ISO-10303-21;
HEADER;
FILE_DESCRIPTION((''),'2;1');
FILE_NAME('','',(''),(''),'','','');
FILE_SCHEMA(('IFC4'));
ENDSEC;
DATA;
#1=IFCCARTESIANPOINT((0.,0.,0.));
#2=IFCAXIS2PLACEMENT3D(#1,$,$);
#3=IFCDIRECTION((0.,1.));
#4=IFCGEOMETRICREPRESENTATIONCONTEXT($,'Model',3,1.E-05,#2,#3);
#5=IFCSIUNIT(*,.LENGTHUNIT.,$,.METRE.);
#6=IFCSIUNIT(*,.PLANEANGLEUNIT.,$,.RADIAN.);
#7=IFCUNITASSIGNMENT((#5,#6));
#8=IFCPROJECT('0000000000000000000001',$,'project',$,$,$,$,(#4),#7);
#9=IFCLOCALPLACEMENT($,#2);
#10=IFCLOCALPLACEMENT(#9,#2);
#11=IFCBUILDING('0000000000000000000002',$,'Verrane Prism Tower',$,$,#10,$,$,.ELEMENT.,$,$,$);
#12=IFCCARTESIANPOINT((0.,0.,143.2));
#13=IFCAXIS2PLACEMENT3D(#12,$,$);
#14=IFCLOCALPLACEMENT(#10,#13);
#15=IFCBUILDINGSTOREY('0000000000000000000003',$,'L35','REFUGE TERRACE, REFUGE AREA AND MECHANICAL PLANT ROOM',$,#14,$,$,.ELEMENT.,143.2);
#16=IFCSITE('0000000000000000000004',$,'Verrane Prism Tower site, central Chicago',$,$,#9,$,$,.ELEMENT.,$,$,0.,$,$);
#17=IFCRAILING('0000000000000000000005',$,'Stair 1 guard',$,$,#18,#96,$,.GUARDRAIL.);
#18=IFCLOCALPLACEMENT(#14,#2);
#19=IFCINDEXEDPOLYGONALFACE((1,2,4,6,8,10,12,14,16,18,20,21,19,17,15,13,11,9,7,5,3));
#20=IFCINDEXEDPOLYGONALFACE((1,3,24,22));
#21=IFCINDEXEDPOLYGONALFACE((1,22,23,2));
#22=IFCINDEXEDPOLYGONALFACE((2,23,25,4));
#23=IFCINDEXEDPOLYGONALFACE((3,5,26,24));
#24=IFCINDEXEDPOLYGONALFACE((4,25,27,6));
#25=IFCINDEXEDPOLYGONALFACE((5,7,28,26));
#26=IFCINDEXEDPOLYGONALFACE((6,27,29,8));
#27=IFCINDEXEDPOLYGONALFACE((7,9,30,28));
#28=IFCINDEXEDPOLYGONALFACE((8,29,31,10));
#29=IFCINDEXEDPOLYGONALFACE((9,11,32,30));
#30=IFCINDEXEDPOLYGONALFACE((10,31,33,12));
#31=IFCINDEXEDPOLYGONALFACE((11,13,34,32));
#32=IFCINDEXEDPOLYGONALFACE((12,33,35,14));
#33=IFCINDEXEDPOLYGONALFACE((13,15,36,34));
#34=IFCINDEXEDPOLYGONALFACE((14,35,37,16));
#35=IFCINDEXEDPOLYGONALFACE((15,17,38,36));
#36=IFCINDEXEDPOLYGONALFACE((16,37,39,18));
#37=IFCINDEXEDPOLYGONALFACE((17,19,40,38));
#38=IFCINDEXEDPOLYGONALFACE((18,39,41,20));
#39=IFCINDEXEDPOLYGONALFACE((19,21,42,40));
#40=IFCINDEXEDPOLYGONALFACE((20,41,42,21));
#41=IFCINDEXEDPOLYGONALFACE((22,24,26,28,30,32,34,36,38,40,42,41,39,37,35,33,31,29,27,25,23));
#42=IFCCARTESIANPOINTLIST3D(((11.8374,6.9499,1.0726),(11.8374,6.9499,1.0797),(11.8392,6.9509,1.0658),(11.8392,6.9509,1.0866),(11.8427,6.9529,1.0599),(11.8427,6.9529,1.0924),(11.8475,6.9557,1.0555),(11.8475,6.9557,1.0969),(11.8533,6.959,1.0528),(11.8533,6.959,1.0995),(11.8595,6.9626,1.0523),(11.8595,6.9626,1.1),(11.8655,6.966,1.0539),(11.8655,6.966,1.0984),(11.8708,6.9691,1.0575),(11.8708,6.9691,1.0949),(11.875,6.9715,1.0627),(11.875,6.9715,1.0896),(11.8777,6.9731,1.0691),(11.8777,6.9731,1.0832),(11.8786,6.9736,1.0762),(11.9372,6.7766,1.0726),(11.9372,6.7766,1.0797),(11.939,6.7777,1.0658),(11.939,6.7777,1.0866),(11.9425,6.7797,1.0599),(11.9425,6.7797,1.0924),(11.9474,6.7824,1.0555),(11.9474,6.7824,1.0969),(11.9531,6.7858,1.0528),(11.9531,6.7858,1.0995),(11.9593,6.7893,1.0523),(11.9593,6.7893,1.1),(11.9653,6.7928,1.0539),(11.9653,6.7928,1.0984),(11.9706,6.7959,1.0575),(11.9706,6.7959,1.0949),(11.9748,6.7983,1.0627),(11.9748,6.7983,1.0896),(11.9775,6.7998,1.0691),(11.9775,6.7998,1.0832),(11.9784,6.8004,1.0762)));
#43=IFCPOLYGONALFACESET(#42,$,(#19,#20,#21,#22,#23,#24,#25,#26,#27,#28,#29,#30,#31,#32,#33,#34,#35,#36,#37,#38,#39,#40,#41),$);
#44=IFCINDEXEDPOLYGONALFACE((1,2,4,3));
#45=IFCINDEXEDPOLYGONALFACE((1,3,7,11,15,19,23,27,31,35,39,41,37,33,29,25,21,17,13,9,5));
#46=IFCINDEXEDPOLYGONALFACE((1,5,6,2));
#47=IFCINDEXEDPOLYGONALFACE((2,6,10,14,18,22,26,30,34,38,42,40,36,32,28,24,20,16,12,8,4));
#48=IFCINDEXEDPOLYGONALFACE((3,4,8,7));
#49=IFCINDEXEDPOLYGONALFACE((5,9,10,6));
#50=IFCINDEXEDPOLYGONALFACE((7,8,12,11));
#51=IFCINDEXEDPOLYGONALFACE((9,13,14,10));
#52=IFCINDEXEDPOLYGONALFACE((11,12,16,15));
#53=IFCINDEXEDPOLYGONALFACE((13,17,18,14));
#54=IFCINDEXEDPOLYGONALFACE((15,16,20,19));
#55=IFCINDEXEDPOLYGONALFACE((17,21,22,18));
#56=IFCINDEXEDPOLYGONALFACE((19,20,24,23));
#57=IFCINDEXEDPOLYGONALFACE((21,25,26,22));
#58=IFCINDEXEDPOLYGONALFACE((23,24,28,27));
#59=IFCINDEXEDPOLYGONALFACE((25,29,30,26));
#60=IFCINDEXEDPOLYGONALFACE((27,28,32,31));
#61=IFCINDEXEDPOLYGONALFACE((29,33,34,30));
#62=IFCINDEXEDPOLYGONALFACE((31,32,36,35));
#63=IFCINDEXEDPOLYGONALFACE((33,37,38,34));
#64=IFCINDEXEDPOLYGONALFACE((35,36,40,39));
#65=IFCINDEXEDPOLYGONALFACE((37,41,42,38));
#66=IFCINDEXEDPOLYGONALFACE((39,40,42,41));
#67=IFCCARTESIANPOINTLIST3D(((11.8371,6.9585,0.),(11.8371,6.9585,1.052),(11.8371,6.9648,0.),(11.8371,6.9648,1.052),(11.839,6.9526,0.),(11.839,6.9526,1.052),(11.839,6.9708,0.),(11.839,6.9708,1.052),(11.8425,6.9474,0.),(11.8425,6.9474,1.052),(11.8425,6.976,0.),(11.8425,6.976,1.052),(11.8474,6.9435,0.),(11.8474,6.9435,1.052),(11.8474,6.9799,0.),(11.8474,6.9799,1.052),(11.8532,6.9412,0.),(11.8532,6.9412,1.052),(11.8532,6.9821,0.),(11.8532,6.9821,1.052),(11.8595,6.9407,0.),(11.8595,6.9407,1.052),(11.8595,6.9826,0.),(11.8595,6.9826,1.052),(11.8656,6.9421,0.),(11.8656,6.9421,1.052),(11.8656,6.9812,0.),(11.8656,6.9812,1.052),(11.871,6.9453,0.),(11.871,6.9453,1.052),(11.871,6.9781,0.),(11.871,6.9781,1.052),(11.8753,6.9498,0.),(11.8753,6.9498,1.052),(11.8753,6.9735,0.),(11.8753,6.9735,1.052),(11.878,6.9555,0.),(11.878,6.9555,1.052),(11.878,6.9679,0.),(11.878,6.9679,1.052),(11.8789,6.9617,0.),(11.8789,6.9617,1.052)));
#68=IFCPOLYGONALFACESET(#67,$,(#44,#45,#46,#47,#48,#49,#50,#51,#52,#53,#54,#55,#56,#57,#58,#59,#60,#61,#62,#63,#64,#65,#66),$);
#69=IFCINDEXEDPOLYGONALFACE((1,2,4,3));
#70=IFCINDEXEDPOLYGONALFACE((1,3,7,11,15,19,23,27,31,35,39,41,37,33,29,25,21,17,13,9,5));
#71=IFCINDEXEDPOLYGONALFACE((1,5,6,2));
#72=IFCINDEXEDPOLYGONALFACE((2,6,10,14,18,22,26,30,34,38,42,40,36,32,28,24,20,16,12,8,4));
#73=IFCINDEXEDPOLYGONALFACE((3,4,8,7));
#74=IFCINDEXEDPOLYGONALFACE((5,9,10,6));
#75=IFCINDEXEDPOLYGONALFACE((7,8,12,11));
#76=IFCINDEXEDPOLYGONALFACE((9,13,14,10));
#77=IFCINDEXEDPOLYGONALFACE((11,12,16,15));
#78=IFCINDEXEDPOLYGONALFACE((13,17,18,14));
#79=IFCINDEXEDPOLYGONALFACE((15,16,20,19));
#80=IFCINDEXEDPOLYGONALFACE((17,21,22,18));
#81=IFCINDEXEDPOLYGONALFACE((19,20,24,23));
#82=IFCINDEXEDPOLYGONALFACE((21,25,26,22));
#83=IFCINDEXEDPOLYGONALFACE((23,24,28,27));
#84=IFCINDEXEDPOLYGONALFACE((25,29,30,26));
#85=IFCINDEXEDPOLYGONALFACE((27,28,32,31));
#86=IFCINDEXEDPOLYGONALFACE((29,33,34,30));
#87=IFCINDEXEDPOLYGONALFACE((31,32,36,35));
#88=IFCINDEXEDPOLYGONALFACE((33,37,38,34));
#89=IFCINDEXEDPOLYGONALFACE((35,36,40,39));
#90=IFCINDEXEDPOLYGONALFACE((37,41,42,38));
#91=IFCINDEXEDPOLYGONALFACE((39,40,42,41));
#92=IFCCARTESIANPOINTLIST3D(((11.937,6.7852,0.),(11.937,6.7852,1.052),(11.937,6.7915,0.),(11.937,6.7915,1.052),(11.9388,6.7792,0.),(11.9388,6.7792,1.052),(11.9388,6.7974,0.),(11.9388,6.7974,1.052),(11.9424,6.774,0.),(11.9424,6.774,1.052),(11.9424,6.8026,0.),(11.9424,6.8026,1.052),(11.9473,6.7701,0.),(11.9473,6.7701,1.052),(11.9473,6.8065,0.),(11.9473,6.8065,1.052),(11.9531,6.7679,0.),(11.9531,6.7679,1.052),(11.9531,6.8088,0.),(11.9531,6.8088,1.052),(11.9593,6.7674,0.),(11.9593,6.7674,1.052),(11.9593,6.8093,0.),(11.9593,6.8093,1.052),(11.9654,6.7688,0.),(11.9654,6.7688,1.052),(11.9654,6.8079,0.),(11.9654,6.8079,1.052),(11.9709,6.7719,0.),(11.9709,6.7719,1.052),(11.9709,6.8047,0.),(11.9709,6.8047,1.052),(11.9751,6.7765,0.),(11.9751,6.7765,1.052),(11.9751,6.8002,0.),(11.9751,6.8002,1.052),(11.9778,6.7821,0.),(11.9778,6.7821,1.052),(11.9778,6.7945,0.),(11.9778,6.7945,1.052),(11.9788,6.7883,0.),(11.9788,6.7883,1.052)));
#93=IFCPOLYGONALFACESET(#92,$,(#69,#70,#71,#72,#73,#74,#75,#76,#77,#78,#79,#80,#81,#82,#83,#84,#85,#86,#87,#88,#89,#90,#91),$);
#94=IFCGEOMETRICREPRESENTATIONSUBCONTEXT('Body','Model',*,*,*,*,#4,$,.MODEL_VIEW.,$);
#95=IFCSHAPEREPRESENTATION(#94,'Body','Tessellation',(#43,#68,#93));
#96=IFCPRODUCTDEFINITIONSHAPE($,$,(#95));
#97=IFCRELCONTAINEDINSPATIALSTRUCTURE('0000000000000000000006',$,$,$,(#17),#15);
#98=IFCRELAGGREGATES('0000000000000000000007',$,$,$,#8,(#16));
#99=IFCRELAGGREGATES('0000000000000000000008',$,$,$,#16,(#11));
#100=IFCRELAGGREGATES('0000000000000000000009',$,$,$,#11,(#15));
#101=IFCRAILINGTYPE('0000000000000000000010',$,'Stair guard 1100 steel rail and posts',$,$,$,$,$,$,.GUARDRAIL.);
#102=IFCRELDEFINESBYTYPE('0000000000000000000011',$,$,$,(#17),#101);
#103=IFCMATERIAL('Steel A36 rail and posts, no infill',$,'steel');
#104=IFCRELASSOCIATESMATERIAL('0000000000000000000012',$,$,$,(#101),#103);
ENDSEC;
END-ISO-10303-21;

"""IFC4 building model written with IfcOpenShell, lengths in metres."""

from ifc_helpers import new_model, si_unit, direction, frame, origin, origin_2d, place, context, subcontext, project, spatial, circle, extrude, material, type_object, element, save


model = new_model("IFC4")

# Units and contexts
model_context = context("Model", 3, precision=1e-05, world=origin(), true_north=direction((0.0, 1.0)))
body_context = subcontext(model_context, "Body", "Model", "MODEL_VIEW")
ifc_project = project(units=[si_unit("LENGTHUNIT", "METRE"), si_unit("PLANEANGLEUNIT", "RADIAN")], contexts=[model_context])

# Site, building, storey
site_placement = place(None, origin())
site = spatial("IfcSite", under=ifc_project, at=site_placement, Name="Verrane Prism Tower site, central Chicago", CompositionType="ELEMENT", RefElevation=0.0)
building_placement = place(site_placement, origin())
building = spatial("IfcBuilding", under=site, at=building_placement, Name="Verrane Prism Tower", CompositionType="ELEMENT")
storey_placement = place(building_placement, frame((0.0, 0.0, 143.2)))
storey = spatial("IfcBuildingStorey", under=building, at=storey_placement, Name="L35", Description="REFUGE TERRACE, REFUGE AREA AND MECHANICAL PLANT ROOM", CompositionType="ELEMENT", Elevation=143.2)

# Railing
ifc_material_1 = material(Name="Steel A36 rail and posts, no infill", Category="steel")
railing_type_1 = type_object("IfcRailingType", Name="Stair guard 1100 steel rail and posts", PredefinedType="GUARDRAIL", material=ifc_material_1)
railing_1_placement = place(storey_placement, frame((11.8579, 6.9617, 0.0)))
element("IfcRailing", 1, at=railing_1_placement, inside=storey, type_object=railing_type_1, Name="Stair 1 guard", PredefinedType="GUARDRAIL", context=body_context, shape_type="SweptSolid", body=[
    extrude(circle(Radius=0.0239, at=origin_2d()), frame((0.0, 0.0, 1.0762), z_axis=(0.499159, -0.86651, 0.0), x_axis=(0.86651, 0.499159, 0.0)), (0.0, 0.0, 1.0), 0.2),
    extrude(circle(Radius=0.021, at=origin_2d()), origin(), (0.0, 0.0, 1.0), 1.052),
    extrude(circle(Radius=0.021, at=origin_2d()), frame((0.0999, -0.1733, 0.0)), (0.0, 0.0, 1.0), 1.052),
])

save(model, "model.ifc")
